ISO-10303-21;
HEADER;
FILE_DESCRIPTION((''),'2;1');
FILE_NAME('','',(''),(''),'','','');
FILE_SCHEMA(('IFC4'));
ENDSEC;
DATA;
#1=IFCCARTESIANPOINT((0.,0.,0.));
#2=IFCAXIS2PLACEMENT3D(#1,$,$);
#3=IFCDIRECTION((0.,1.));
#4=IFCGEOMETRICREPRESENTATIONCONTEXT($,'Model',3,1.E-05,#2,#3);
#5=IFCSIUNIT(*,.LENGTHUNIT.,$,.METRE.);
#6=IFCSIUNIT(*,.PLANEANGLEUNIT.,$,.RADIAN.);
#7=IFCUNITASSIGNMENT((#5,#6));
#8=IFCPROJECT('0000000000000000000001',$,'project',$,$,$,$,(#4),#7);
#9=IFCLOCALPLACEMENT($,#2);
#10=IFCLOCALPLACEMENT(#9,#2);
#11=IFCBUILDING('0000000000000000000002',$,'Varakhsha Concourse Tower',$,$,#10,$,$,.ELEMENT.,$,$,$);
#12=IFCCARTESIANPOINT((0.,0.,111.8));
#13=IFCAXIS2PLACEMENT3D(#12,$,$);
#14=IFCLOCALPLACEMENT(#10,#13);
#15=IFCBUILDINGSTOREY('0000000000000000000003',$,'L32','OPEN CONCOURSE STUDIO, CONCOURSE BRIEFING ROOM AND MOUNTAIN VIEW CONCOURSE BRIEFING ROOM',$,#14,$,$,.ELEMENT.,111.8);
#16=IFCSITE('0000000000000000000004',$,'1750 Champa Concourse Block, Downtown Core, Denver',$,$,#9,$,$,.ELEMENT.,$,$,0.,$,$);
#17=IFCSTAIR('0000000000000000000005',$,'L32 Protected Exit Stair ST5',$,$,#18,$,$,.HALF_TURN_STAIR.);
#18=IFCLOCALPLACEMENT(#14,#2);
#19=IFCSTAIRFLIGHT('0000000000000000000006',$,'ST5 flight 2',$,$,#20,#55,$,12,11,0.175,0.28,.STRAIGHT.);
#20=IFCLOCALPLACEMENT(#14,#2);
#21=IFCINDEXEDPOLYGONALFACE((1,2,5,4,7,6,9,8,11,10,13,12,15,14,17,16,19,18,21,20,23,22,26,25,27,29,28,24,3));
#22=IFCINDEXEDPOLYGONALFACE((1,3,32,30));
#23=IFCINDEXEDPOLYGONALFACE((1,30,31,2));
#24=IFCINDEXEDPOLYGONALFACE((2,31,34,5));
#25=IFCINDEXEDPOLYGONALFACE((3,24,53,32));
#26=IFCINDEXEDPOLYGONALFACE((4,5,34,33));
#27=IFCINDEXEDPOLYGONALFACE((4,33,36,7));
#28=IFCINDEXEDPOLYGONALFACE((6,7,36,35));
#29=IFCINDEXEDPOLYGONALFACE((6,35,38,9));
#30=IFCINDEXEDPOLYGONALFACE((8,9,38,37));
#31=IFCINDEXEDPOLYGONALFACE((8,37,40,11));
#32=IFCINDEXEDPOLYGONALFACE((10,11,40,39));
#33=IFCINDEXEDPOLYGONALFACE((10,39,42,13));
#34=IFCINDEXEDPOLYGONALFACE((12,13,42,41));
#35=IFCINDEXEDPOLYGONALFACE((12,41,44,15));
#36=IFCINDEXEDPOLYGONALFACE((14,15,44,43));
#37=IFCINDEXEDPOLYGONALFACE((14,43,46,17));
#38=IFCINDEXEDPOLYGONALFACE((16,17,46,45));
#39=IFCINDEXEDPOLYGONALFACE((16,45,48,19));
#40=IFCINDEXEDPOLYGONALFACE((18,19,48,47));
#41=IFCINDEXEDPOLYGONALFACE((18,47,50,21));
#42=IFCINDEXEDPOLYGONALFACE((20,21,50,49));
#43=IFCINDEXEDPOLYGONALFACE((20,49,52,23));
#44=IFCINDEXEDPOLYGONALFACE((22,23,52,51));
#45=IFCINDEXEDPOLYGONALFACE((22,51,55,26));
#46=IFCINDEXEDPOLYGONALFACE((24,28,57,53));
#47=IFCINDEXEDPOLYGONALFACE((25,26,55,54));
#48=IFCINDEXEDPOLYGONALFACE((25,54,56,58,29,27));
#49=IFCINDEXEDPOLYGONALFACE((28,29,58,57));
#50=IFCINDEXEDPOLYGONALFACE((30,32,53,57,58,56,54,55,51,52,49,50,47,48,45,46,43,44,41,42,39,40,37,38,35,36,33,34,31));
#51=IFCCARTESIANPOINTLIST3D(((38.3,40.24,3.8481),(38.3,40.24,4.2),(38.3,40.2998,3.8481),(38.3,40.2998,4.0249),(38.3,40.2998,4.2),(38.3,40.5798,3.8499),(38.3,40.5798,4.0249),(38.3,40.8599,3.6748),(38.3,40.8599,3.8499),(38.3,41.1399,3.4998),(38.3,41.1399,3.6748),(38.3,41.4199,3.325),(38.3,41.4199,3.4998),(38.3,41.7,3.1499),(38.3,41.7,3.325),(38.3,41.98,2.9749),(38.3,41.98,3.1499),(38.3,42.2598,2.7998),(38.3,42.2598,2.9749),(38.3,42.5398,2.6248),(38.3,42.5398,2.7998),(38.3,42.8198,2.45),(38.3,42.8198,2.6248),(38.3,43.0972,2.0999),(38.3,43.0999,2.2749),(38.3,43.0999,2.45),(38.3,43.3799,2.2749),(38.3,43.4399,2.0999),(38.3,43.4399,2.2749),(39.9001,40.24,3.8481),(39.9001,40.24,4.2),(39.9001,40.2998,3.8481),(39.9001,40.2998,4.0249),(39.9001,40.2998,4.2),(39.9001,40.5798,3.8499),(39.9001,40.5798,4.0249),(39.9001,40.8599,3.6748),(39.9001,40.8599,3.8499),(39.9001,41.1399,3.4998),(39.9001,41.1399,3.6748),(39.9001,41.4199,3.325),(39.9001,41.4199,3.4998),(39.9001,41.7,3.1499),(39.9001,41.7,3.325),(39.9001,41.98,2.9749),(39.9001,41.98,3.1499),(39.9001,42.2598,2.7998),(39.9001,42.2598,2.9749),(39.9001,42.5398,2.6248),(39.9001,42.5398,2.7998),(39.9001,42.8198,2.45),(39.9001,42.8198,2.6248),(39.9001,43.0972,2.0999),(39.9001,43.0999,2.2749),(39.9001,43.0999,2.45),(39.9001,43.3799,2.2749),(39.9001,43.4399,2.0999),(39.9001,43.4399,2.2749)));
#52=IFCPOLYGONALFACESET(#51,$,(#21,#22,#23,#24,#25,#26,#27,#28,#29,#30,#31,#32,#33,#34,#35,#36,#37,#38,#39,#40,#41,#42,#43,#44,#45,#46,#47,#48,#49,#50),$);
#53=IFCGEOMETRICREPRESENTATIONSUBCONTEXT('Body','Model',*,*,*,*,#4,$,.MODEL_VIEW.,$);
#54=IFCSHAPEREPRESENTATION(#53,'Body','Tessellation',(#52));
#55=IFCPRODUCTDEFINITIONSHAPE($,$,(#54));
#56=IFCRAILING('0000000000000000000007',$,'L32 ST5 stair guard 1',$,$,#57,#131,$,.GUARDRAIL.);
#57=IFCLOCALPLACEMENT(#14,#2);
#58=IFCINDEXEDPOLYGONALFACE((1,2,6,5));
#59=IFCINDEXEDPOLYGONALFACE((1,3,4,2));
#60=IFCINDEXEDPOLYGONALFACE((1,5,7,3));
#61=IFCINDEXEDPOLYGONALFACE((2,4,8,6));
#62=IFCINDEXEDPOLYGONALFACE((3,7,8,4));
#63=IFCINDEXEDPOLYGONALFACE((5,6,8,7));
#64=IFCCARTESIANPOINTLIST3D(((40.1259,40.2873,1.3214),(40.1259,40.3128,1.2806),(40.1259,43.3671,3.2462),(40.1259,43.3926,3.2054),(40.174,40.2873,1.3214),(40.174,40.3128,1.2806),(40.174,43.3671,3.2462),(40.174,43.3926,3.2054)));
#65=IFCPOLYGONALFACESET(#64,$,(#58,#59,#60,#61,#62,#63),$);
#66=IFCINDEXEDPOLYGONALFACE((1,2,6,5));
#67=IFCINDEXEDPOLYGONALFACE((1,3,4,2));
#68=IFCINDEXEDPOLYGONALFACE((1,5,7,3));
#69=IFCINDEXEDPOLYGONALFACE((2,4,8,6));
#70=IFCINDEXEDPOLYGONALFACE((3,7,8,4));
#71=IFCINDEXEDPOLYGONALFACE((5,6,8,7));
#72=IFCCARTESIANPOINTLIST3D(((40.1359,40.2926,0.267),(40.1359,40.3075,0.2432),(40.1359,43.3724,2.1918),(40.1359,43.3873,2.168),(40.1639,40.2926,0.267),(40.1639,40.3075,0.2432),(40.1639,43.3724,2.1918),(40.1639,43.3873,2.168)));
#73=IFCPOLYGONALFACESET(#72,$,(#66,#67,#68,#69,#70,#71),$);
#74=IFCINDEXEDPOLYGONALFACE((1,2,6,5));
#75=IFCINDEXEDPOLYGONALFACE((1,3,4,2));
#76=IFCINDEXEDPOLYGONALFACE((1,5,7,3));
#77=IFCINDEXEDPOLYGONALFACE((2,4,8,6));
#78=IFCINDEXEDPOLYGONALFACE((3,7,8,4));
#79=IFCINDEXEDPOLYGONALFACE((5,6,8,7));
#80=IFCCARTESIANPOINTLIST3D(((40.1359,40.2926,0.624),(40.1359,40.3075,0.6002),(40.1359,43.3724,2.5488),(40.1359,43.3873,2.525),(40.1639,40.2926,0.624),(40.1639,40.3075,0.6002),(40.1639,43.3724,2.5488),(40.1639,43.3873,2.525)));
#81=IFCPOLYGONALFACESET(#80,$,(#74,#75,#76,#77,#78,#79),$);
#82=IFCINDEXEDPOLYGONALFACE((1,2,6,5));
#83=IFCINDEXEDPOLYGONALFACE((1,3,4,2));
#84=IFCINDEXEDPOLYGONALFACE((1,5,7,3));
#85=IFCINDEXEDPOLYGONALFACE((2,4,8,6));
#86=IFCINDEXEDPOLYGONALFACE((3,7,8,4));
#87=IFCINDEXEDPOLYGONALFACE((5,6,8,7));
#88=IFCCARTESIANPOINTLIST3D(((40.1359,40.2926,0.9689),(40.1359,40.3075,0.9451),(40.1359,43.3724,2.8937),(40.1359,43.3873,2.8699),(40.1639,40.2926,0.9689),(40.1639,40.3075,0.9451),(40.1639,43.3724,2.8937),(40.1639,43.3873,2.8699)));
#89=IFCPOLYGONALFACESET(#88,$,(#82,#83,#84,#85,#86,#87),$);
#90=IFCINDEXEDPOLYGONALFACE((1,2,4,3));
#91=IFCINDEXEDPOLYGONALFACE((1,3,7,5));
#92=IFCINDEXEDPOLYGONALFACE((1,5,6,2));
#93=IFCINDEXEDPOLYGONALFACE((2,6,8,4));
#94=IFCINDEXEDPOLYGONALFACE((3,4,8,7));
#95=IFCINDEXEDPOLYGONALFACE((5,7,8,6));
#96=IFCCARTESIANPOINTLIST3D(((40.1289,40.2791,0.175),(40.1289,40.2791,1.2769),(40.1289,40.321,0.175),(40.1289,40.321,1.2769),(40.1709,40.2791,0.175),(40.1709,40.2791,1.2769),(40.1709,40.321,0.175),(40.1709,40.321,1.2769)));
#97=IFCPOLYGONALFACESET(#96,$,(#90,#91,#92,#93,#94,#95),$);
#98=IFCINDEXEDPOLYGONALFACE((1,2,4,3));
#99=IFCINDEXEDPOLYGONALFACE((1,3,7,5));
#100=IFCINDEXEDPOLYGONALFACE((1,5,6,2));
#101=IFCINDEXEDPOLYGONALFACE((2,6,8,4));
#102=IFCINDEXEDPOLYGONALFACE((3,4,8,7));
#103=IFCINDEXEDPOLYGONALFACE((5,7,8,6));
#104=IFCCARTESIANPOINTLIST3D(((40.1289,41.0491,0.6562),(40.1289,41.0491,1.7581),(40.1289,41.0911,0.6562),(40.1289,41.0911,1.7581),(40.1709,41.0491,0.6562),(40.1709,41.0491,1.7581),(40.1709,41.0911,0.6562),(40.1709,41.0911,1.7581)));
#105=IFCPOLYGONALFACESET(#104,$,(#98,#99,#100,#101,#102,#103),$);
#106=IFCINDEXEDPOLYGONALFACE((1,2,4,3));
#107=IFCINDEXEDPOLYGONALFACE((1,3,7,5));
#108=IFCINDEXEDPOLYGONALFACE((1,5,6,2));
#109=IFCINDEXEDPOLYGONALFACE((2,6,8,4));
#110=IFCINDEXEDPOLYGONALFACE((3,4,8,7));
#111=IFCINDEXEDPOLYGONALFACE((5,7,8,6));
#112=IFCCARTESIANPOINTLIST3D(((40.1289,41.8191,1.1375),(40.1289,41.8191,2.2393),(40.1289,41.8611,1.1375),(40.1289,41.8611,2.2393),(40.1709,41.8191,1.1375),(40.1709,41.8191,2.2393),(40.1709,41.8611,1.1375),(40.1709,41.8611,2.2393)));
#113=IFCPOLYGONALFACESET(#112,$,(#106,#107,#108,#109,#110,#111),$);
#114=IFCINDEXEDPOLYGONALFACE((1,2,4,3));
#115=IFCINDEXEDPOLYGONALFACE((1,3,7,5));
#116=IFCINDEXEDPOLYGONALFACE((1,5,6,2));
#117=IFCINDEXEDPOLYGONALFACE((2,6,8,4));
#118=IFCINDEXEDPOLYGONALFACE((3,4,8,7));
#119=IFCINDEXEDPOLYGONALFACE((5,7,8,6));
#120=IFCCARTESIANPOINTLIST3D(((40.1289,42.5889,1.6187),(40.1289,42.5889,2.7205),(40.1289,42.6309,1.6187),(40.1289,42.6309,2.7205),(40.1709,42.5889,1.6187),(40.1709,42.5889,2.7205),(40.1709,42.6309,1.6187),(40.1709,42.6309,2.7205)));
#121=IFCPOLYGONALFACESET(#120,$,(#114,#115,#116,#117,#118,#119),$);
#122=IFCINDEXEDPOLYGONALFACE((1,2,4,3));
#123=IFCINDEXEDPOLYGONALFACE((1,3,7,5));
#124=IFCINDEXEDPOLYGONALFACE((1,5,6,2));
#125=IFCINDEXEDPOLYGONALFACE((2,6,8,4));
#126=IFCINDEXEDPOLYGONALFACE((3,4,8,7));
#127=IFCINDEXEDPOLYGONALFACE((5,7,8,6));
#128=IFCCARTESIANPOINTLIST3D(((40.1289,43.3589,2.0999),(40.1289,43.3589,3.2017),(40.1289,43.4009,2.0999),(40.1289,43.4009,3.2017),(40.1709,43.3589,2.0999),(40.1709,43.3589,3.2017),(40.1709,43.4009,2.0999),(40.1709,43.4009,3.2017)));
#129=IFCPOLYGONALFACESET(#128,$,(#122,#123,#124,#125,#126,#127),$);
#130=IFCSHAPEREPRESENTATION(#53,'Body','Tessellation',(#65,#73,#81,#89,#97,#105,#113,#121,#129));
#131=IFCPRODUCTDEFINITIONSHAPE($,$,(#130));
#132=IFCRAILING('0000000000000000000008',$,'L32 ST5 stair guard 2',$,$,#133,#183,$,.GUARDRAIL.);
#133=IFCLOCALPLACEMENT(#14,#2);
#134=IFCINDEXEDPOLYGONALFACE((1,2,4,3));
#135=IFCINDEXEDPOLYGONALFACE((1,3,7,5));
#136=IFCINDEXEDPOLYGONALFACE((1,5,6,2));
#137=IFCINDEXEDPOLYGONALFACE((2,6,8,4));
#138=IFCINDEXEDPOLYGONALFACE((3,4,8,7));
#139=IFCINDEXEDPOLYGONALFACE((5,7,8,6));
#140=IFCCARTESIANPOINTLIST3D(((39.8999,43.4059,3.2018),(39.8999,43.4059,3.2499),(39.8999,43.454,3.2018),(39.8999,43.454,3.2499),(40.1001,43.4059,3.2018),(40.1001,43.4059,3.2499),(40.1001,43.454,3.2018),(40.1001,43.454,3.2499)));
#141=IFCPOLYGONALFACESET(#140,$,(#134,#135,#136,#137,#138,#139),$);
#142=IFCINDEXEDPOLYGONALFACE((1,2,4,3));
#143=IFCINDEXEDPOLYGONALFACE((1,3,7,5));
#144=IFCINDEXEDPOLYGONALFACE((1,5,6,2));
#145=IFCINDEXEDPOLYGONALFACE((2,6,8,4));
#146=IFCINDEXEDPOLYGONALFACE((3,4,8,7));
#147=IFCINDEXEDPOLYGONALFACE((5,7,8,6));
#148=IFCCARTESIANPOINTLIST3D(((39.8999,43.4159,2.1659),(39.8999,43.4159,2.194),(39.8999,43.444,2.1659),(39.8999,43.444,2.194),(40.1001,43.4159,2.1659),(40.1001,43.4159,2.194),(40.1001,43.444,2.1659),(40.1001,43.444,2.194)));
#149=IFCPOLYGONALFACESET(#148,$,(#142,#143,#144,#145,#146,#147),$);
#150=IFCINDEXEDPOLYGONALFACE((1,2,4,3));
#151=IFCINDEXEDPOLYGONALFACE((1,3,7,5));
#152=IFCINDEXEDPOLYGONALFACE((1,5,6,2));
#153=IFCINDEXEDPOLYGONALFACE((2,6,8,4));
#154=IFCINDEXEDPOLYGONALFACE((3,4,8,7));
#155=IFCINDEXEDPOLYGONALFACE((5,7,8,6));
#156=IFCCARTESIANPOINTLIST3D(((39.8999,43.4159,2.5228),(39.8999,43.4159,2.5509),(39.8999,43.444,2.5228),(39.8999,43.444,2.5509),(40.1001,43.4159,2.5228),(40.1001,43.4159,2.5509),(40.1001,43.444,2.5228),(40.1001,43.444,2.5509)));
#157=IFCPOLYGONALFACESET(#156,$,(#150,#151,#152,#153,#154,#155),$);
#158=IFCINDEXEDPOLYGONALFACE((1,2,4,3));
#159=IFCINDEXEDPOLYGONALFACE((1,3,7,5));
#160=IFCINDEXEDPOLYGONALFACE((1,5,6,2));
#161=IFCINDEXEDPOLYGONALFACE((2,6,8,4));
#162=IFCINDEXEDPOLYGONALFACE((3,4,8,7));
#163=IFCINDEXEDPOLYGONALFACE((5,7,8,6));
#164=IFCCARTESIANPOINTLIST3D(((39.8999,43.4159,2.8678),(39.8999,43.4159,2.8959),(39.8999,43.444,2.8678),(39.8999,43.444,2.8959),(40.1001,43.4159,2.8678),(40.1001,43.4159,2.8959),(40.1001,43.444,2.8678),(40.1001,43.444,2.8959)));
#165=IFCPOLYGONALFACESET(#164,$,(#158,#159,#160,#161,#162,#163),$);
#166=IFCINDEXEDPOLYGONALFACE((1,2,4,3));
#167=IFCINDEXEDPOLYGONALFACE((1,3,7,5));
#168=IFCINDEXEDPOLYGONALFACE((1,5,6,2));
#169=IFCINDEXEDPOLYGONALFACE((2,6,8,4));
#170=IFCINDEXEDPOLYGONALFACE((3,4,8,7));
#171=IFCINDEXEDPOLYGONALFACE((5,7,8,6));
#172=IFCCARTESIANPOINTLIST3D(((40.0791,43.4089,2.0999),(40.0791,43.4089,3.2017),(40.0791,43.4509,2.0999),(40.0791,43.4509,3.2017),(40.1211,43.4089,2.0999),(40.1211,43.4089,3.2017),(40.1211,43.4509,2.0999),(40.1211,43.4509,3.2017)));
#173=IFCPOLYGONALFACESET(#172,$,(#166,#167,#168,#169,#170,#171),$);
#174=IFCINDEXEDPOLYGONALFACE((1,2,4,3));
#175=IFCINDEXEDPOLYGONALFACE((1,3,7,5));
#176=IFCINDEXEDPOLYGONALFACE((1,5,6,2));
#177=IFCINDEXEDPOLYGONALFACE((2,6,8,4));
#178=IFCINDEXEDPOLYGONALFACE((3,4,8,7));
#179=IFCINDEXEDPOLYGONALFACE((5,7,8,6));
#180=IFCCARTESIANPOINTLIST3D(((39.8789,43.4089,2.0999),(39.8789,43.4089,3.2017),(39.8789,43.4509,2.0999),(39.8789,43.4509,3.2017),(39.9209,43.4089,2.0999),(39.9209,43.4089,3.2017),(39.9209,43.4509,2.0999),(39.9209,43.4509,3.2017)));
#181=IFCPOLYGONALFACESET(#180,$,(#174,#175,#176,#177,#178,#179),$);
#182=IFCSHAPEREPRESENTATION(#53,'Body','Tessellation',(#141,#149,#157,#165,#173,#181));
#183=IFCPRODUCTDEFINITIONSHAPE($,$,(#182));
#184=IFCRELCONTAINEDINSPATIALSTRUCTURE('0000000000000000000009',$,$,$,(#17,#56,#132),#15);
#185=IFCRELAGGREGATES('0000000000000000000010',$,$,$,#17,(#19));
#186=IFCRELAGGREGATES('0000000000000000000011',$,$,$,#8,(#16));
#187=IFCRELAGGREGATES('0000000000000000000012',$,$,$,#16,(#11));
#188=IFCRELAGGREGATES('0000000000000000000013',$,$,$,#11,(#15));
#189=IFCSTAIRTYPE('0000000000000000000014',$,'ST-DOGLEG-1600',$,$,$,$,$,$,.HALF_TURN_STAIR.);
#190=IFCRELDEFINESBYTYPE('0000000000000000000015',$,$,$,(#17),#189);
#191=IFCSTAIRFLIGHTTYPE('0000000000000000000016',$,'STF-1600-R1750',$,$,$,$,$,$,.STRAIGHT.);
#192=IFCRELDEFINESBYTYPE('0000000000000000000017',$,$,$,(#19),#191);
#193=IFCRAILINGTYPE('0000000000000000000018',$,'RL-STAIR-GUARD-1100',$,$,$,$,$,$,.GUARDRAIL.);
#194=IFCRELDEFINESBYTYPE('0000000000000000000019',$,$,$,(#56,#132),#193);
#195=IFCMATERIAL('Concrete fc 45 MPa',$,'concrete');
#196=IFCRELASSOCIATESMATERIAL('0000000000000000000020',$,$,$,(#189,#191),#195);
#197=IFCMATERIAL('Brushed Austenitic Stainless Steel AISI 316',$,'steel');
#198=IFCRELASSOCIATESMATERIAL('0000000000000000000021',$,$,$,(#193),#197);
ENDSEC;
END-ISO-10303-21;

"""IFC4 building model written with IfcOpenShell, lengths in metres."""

from ifc_helpers import new_model, si_unit, direction, frame, origin, origin_2d, place, context, subcontext, project, spatial, polyline, rectangle, outline, extrude, material, type_object, element, aggregate, save


model = new_model("IFC4")

# Units and contexts
model_context = context("Model", 3, precision=1e-05, world=origin(), true_north=direction((0.0, 1.0)))
body_context = subcontext(model_context, "Body", "Model", "MODEL_VIEW")
ifc_project = project(units=[si_unit("LENGTHUNIT", "METRE"), si_unit("PLANEANGLEUNIT", "RADIAN")], contexts=[model_context])

# Site, building, storey
site_placement = place(None, origin())
site = spatial("IfcSite", under=ifc_project, at=site_placement, Name="1750 Champa Concourse Block, Downtown Core, Denver", CompositionType="ELEMENT", RefElevation=0.0)
building_placement = place(site_placement, origin())
building = spatial("IfcBuilding", under=site, at=building_placement, Name="Varakhsha Concourse Tower", CompositionType="ELEMENT")
storey_placement = place(building_placement, frame((0.0, 0.0, 111.8)))
storey = spatial("IfcBuildingStorey", under=building, at=storey_placement, Name="L32", Description="OPEN CONCOURSE STUDIO, CONCOURSE BRIEFING ROOM AND MOUNTAIN VIEW CONCOURSE BRIEFING ROOM", CompositionType="ELEMENT", Elevation=111.8)

# Shared definitions
ifc_material_1 = material(Name="Concrete fc 45 MPa", Category="concrete")

# Stair, stair flight
stair_type = type_object("IfcStairType", Name="ST-DOGLEG-1600", PredefinedType="HALF_TURN_STAIR", material=ifc_material_1)
stair_placement = place(storey_placement, origin())
stair = element("IfcStair", 1, at=stair_placement, inside=storey, type_object=stair_type, Name="L32 Protected Exit Stair ST5", PredefinedType="HALF_TURN_STAIR")
stair_flight_type = type_object("IfcStairFlightType", Name="STF-1600-R1750", PredefinedType="STRAIGHT", material=ifc_material_1)
stair_flight_1_placement = place(storey_placement, frame((39.1001, 43.3799, 2.0999), z_axis=(0.0, 0.0, 1.0), x_axis=(0.0, -1.0, 0.0)))
stair_flight_1 = element("IfcStairFlight", 2, at=stair_flight_1_placement, type_object=stair_flight_type, Name="ST5 flight 2", NumberOfRisers=12, NumberOfTreads=11, PredefinedType="STRAIGHT", RiserHeight=0.175, TreadLength=0.28, context=body_context, shape_type="SweptSolid", body=[
    extrude(outline(polyline([(-0.0601, 0.0), (-0.0601, 0.175), (0.0, 0.175), (0.28, 0.175), (0.28, 0.3501), (0.5601, 0.3501), (0.5601, 0.5249), (0.8401, 0.5249), (0.8401, 0.7), (1.1201, 0.7), (1.1201, 0.875), (1.3999, 0.875), (1.3999, 1.05), (1.6799, 1.05), (1.6799, 1.2251), (1.96, 1.2251), (1.96, 1.3999), (2.24, 1.3999), (2.24, 1.575), (2.52, 1.575), (2.52, 1.75), (2.8, 1.75), (2.8, 1.925), (3.0801, 1.925), (3.0801, 2.1001), (3.1399, 2.1001), (3.1399, 1.7483), (3.0801, 1.7483), (0.2827, 0.0), (-0.0601, 0.0)])), frame((0.0, 0.8, 0.0), z_axis=(0.0, -1.0, 0.0), x_axis=(1.0, 0.0, 0.0)), (0.0, 0.0, 1.0), 1.6001),
])
aggregate(stair, [stair_flight_1])

# Railings
ifc_material_2 = material(Name="Brushed Austenitic Stainless Steel AISI 316", Category="steel")
railing_type_1 = type_object("IfcRailingType", Name="RL-STAIR-GUARD-1100", PredefinedType="GUARDRAIL", material=ifc_material_2)
railing_1_placement = place(storey_placement, frame((40.1499, 40.3, 0.175)))
element("IfcRailing", 3, at=railing_1_placement, inside=storey, type_object=railing_type_1, Name="L32 ST5 stair guard 1", PredefinedType="GUARDRAIL", context=body_context, shape_type="SweptSolid", body=[
    extrude(rectangle(XDim=0.0481, YDim=0.0481, at=origin_2d()), frame((0.0, 0.0, 1.126), z_axis=(0.0, 0.84801, 0.529981), x_axis=(-1.0, 0.0, 0.0)), (0.0, 0.0, 1.0), 3.6318),
    extrude(rectangle(XDim=0.0281, YDim=0.0281, at=origin_2d()), frame((0.0, 0.0, 0.0801), z_axis=(0.0, 0.84801, 0.529981), x_axis=(-1.0, 0.0, 0.0)), (0.0, 0.0, 1.0), 3.6318),
    extrude(rectangle(XDim=0.0281, YDim=0.0281, at=origin_2d()), frame((0.0, 0.0, 0.437), z_axis=(0.0, 0.84801, 0.529981), x_axis=(-1.0, 0.0, 0.0)), (0.0, 0.0, 1.0), 3.6318),
    extrude(rectangle(XDim=0.0281, YDim=0.0281, at=origin_2d()), frame((0.0, 0.0, 0.782), z_axis=(0.0, 0.84801, 0.529981), x_axis=(-1.0, 0.0, 0.0)), (0.0, 0.0, 1.0), 3.6318),
    extrude(rectangle(XDim=0.042, YDim=0.042, at=origin_2d()), origin(), (0.0, 0.0, 1.0), 1.1018),
    extrude(rectangle(XDim=0.042, YDim=0.042, at=origin_2d()), frame((0.0, 0.77, 0.4812)), (0.0, 0.0, 1.0), 1.1018),
    extrude(rectangle(XDim=0.042, YDim=0.042, at=origin_2d()), frame((0.0, 1.54, 0.9624)), (0.0, 0.0, 1.0), 1.1018),
    extrude(rectangle(XDim=0.042, YDim=0.042, at=origin_2d()), frame((0.0, 2.3098, 1.4436)), (0.0, 0.0, 1.0), 1.1018),
    extrude(rectangle(XDim=0.042, YDim=0.042, at=origin_2d()), frame((0.0, 3.0798, 1.9248)), (0.0, 0.0, 1.0), 1.1018),
])
railing_2_placement = place(storey_placement, frame((40.1001, 43.4299, 2.0999)))
element("IfcRailing", 4, at=railing_2_placement, inside=storey, type_object=railing_type_1, Name="L32 ST5 stair guard 2", PredefinedType="GUARDRAIL", context=body_context, shape_type="SweptSolid", body=[
    extrude(rectangle(XDim=0.0481, YDim=0.0481, at=origin_2d()), frame((0.0, 0.0, 1.126), z_axis=(-1.0, 0.0, 0.0), x_axis=(0.0, -1.0, 0.0)), (0.0, 0.0, 1.0), 0.2002),
    extrude(rectangle(XDim=0.0281, YDim=0.0281, at=origin_2d()), frame((0.0, 0.0, 0.0801), z_axis=(-1.0, 0.0, 0.0), x_axis=(0.0, -1.0, 0.0)), (0.0, 0.0, 1.0), 0.2002),
    extrude(rectangle(XDim=0.0281, YDim=0.0281, at=origin_2d()), frame((0.0, 0.0, 0.437), z_axis=(-1.0, 0.0, 0.0), x_axis=(0.0, -1.0, 0.0)), (0.0, 0.0, 1.0), 0.2002),
    extrude(rectangle(XDim=0.0281, YDim=0.0281, at=origin_2d()), frame((0.0, 0.0, 0.782), z_axis=(-1.0, 0.0, 0.0), x_axis=(0.0, -1.0, 0.0)), (0.0, 0.0, 1.0), 0.2002),
    extrude(rectangle(XDim=0.042, YDim=0.042, at=origin_2d()), origin(), (0.0, 0.0, 1.0), 1.1018),
    extrude(rectangle(XDim=0.042, YDim=0.042, at=origin_2d()), frame((-0.2002, 0.0, 0.0)), (0.0, 0.0, 1.0), 1.1018),
])

save(model, "model.ifc")
